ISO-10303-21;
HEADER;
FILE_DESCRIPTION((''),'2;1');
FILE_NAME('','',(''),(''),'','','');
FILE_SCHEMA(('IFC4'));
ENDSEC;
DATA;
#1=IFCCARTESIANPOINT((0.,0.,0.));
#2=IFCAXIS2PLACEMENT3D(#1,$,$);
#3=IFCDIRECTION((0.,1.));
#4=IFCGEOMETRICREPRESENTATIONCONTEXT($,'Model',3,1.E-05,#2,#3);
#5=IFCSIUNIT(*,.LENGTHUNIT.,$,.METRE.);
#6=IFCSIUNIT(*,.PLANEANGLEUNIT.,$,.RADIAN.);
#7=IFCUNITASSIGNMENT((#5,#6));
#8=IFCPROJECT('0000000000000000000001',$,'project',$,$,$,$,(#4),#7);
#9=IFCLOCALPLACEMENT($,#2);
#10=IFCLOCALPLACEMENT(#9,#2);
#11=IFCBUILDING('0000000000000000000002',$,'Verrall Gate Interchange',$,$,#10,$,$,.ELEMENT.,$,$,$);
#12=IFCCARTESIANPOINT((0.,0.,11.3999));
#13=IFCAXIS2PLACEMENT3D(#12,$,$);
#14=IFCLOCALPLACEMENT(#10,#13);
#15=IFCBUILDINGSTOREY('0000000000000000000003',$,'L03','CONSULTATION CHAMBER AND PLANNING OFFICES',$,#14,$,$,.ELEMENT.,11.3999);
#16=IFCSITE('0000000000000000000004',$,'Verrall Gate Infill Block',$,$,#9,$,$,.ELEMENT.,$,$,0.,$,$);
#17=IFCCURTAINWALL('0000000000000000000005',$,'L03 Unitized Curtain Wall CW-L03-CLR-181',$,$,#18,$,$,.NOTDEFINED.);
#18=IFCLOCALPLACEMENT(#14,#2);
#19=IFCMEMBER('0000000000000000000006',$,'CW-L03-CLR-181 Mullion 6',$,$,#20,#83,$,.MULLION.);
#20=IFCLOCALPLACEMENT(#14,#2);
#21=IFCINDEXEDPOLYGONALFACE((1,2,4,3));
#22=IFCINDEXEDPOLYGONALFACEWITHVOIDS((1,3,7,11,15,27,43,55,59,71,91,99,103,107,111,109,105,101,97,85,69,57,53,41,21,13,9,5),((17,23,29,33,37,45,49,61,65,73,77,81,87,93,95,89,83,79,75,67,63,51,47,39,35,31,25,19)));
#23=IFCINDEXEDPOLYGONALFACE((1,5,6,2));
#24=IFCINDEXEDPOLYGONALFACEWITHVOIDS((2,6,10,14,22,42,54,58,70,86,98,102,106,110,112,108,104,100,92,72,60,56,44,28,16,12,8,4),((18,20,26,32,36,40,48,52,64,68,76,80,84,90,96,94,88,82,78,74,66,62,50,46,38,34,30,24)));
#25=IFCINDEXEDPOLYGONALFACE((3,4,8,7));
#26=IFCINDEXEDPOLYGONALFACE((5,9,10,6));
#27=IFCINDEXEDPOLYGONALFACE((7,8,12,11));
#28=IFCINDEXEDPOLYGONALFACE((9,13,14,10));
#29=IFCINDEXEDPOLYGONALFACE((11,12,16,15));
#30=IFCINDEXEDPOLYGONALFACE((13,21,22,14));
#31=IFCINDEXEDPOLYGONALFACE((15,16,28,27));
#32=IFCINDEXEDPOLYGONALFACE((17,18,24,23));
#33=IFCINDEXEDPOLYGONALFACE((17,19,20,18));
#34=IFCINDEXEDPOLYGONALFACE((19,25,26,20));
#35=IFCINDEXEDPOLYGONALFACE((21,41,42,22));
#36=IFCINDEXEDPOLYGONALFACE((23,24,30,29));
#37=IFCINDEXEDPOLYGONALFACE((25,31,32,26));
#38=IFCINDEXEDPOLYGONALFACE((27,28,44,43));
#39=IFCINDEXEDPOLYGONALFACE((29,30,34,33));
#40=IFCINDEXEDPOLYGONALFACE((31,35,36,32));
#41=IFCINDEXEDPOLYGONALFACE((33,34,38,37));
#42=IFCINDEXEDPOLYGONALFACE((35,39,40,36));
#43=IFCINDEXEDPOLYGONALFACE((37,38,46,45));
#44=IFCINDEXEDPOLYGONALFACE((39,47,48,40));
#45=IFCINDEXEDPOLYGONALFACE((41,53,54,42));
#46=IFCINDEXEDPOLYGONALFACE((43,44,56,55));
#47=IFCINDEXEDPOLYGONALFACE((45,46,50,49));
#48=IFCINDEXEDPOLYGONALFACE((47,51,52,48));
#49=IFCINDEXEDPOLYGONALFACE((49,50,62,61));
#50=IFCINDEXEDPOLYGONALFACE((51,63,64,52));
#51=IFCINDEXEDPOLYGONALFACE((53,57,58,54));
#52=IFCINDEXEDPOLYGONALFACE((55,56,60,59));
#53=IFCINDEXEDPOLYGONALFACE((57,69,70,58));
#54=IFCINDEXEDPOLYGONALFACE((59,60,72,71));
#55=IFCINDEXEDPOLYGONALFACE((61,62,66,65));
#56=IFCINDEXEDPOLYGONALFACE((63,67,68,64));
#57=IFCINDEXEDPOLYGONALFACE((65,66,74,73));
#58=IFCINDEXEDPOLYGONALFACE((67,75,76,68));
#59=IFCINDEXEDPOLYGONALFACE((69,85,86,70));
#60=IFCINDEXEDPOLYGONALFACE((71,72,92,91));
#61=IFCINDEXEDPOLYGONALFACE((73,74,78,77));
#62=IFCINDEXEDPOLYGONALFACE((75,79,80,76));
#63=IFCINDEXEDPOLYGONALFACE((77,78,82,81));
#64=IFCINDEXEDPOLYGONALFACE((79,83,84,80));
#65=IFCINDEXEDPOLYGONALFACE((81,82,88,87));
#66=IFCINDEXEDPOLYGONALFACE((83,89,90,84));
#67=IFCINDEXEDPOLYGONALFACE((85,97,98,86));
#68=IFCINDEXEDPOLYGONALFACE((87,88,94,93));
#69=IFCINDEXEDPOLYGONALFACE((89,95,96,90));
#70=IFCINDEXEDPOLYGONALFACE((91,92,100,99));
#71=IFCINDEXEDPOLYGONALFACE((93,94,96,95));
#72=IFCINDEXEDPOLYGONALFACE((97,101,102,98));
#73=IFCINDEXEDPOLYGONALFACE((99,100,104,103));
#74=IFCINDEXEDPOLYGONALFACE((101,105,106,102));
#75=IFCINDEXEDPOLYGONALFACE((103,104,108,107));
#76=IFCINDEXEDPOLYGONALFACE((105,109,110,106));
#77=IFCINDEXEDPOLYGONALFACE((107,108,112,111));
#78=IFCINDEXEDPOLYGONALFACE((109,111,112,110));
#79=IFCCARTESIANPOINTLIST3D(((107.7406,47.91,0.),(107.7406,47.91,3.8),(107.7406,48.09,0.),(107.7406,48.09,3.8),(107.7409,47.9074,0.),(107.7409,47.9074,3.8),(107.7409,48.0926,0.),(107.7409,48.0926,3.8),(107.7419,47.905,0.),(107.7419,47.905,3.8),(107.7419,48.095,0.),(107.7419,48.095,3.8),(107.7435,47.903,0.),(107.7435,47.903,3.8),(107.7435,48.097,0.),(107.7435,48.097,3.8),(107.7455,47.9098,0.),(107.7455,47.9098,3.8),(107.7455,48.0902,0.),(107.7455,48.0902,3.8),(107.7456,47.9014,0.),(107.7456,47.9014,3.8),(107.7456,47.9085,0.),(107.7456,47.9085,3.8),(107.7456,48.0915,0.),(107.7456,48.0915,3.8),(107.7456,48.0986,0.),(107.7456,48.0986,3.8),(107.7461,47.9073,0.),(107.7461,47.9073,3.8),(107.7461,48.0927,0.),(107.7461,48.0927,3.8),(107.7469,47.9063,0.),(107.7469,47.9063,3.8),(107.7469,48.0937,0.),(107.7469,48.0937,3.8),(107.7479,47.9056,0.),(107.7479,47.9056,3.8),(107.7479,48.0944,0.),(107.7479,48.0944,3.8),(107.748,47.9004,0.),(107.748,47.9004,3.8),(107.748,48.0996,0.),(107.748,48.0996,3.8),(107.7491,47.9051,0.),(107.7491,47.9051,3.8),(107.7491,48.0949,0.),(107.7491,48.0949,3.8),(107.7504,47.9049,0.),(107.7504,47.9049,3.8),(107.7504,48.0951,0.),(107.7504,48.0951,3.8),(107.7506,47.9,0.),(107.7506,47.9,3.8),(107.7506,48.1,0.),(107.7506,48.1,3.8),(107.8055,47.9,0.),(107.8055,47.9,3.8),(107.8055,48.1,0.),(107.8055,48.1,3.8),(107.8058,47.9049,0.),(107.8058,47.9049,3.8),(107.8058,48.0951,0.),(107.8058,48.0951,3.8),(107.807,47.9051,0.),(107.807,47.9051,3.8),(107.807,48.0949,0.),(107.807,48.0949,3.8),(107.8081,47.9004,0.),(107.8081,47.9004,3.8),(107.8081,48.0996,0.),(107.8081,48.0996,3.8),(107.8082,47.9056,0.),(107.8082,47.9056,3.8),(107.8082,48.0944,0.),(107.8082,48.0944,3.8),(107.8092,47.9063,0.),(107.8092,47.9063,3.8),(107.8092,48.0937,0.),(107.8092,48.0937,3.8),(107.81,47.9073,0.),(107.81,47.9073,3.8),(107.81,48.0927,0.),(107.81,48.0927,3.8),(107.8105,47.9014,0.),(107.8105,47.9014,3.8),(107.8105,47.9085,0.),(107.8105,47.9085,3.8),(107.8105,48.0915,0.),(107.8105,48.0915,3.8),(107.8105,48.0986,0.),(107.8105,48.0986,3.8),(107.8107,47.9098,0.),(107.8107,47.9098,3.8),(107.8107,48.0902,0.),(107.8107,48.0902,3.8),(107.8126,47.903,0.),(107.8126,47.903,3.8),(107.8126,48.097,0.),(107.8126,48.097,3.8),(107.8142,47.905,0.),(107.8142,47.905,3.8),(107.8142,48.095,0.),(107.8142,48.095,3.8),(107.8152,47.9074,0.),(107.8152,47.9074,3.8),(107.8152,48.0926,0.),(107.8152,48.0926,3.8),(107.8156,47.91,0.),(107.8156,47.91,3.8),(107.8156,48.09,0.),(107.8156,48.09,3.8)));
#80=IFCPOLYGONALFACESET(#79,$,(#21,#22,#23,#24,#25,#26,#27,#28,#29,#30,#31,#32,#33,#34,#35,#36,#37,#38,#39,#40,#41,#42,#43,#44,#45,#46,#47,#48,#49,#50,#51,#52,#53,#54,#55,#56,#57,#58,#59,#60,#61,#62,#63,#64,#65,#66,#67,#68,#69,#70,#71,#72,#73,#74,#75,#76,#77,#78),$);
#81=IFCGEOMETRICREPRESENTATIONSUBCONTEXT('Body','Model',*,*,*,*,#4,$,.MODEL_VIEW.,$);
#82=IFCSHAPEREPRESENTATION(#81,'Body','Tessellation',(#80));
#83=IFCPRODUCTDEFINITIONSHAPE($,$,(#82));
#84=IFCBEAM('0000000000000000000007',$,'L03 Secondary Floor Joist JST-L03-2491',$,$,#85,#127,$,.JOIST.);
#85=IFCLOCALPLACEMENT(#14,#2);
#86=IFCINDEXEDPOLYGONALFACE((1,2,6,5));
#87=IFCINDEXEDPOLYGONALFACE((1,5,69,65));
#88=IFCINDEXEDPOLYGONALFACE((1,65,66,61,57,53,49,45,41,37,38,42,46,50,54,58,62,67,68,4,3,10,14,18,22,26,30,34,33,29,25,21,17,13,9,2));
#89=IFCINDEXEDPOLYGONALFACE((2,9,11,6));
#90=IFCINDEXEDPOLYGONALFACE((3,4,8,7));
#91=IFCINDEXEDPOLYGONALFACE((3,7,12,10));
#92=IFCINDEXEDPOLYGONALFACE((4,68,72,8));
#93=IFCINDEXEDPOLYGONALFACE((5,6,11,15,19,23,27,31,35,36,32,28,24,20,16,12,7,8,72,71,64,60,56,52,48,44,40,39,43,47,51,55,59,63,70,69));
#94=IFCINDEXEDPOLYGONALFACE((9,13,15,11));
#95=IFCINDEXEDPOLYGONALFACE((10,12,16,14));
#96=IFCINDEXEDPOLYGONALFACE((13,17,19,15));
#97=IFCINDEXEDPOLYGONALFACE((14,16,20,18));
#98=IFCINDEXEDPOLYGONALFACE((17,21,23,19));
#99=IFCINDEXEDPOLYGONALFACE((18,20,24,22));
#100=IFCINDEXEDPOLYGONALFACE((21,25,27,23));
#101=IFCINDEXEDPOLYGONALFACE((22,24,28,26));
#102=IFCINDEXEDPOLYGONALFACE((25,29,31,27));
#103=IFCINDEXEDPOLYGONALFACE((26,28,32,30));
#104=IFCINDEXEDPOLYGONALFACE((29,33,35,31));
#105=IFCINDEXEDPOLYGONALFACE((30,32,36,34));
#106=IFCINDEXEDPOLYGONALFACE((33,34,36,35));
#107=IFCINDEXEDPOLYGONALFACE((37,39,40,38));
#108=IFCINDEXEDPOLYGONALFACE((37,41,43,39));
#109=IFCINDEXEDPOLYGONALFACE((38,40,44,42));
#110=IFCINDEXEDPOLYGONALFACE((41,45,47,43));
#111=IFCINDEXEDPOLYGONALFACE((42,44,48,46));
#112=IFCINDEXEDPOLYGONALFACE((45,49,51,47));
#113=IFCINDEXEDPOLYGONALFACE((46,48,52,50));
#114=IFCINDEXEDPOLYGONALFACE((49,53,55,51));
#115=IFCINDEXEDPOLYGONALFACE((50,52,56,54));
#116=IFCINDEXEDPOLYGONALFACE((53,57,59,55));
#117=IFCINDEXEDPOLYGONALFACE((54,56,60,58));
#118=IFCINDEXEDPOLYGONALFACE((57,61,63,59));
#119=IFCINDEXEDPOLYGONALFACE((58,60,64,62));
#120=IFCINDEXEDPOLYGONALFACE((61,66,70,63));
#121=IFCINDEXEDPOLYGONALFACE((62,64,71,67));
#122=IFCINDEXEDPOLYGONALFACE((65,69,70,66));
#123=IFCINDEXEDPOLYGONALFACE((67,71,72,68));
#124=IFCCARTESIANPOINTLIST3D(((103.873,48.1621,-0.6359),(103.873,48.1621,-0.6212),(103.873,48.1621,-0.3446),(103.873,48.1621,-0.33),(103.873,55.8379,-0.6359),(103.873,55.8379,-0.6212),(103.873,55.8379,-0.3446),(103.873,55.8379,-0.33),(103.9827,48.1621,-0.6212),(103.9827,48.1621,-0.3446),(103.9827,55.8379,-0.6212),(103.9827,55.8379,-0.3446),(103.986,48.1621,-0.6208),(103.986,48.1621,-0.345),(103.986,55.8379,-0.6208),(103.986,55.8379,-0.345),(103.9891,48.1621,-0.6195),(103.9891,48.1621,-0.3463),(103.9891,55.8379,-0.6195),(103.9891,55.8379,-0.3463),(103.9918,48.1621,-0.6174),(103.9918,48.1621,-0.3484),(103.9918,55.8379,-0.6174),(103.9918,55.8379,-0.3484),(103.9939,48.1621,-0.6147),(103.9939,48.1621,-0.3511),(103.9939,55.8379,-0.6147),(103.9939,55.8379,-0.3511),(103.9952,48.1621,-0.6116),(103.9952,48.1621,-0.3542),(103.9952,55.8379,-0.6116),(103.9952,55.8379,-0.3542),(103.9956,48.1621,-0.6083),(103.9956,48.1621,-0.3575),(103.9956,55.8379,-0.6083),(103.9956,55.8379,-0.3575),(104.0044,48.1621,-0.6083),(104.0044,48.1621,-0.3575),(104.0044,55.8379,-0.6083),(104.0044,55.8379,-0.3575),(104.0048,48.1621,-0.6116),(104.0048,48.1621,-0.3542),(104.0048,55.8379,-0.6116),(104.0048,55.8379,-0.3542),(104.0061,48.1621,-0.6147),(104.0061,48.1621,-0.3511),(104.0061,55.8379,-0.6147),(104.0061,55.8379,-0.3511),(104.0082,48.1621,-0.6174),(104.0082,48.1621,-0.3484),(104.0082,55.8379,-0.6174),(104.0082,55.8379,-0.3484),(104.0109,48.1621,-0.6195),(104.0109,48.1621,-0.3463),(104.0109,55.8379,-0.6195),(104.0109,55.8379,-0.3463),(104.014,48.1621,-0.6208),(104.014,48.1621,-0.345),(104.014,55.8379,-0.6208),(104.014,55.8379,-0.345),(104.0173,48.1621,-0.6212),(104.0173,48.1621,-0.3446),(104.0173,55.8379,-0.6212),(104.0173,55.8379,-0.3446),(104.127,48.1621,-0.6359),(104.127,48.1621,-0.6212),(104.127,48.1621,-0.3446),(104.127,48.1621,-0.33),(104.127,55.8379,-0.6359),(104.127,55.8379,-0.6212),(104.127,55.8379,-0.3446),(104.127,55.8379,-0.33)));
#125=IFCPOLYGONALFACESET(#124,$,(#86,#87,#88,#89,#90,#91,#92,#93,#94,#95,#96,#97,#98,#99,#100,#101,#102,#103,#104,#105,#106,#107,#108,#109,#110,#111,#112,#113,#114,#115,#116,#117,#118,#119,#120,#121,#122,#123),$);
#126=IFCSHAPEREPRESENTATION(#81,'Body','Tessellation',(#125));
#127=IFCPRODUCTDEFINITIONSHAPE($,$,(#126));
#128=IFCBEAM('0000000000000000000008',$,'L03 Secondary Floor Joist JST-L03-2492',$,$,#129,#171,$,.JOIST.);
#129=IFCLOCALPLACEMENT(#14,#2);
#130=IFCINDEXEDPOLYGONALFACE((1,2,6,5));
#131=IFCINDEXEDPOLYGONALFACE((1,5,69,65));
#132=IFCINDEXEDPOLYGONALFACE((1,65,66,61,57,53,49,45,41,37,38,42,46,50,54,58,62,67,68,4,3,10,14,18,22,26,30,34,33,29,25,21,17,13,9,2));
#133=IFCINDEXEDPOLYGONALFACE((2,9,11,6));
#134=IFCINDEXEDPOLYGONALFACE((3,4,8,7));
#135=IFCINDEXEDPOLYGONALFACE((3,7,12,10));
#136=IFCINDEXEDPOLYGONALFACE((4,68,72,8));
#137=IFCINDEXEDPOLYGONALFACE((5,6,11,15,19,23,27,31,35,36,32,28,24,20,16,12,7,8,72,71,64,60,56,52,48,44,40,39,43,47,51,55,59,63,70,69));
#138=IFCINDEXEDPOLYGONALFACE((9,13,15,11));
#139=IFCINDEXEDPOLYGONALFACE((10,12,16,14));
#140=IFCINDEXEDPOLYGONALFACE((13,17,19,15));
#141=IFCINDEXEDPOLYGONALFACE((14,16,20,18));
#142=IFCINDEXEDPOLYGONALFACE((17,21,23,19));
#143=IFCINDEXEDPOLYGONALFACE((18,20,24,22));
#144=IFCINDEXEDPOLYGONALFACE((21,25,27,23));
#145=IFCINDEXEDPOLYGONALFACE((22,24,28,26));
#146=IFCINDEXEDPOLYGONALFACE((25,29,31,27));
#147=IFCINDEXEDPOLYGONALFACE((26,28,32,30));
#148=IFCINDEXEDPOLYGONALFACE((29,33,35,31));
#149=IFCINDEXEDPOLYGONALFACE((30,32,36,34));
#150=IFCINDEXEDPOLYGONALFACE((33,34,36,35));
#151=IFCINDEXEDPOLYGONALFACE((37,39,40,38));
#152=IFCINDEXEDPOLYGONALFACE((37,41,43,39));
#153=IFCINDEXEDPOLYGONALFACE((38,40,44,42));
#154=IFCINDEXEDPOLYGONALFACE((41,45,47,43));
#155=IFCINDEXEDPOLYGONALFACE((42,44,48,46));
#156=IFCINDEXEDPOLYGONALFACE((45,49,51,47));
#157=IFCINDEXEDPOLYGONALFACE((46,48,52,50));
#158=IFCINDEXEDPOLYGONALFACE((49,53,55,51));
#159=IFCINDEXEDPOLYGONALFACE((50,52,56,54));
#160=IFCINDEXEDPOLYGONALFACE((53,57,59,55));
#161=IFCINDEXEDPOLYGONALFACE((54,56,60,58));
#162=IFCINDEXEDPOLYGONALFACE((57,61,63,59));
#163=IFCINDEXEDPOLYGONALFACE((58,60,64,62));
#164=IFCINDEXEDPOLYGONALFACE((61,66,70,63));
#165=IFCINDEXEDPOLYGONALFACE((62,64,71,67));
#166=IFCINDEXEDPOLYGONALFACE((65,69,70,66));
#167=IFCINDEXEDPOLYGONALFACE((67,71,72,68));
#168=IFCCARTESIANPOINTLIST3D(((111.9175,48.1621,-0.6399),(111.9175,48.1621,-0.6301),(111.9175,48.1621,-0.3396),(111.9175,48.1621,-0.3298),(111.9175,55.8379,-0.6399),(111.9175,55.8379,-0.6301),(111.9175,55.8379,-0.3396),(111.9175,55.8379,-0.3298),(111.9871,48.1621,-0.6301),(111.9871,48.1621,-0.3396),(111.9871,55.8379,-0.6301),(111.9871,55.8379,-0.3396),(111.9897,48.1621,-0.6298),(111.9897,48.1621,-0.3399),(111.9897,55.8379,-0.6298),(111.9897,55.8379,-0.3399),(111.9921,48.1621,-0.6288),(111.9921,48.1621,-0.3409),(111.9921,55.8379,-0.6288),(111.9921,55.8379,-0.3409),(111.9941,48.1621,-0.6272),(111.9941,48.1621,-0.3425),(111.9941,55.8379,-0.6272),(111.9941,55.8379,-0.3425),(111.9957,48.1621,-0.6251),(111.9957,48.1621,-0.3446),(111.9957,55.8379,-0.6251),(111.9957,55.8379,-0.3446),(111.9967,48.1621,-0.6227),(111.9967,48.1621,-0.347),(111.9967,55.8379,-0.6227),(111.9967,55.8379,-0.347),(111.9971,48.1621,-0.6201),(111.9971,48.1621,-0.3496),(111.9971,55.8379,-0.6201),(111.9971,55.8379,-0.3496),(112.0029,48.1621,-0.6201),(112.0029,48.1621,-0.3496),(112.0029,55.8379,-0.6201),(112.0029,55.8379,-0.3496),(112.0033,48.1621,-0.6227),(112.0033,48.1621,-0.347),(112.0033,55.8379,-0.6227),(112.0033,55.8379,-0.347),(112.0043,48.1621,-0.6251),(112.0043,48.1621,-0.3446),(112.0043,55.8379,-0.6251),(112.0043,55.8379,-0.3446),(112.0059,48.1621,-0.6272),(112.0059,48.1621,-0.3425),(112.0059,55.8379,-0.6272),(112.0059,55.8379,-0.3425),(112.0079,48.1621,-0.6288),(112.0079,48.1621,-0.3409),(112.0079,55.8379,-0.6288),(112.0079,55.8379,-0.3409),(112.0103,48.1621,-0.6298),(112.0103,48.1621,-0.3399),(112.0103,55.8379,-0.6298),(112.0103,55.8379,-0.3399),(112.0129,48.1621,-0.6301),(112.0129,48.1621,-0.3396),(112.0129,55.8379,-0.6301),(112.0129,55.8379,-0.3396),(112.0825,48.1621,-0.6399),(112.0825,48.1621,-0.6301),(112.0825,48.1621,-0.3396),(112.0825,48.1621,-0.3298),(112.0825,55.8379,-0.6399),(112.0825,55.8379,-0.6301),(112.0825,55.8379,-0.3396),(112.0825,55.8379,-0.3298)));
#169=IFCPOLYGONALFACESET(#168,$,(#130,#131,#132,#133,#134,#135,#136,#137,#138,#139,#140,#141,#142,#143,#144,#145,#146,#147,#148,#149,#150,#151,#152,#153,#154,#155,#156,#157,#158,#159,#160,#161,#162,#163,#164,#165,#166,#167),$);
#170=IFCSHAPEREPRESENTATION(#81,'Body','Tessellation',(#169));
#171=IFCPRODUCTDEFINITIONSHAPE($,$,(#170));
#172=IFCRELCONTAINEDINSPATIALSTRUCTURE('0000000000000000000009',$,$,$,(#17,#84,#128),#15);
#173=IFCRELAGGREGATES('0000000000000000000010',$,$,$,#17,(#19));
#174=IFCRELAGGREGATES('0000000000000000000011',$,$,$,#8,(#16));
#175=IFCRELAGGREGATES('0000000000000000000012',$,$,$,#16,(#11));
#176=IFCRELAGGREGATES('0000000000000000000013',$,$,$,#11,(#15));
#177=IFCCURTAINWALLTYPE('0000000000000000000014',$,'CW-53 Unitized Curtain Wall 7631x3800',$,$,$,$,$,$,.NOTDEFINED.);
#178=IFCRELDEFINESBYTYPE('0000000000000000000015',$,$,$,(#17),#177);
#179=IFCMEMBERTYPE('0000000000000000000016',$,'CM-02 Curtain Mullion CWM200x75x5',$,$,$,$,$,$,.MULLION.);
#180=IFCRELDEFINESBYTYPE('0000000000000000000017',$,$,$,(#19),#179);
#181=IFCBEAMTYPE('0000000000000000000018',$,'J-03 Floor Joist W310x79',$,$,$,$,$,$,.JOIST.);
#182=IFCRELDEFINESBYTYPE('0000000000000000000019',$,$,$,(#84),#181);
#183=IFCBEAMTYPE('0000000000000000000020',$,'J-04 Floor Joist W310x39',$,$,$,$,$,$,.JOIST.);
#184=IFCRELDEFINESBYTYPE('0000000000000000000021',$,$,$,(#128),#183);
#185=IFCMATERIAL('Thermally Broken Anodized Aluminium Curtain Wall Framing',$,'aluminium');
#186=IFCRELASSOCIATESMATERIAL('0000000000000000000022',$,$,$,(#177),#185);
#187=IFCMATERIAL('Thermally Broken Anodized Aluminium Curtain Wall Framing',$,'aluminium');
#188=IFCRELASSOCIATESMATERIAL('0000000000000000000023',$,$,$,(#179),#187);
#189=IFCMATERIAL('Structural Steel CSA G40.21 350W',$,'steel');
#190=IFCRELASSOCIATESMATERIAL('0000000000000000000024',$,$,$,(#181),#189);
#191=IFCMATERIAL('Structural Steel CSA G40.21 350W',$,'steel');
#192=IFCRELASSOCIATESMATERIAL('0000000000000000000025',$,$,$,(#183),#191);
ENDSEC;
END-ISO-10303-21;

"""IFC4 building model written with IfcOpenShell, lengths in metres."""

from ifc_helpers import new_model, si_unit, direction, frame, origin, origin_2d, place, context, subcontext, project, spatial, hollow_rectangle, i_section, extrude, material, material_profile, profile_set, type_object, element, aggregate, save


model = new_model("IFC4")

# Units and contexts
model_context = context("Model", 3, precision=1e-05, world=origin(), true_north=direction((0.0, 1.0)))
body_context = subcontext(model_context, "Body", "Model", "MODEL_VIEW")
ifc_project = project(units=[si_unit("LENGTHUNIT", "METRE"), si_unit("PLANEANGLEUNIT", "RADIAN")], contexts=[model_context])

# Site, building, storey
site_placement = place(None, origin())
site = spatial("IfcSite", under=ifc_project, at=site_placement, Name="Verrall Gate Infill Block", CompositionType="ELEMENT", RefElevation=0.0)
building_placement = place(site_placement, origin())
building = spatial("IfcBuilding", under=site, at=building_placement, Name="Verrall Gate Interchange", CompositionType="ELEMENT")
storey_placement = place(building_placement, frame((0.0, 0.0, 11.3999)))
storey = spatial("IfcBuildingStorey", under=building, at=storey_placement, Name="L03", Description="CONSULTATION CHAMBER AND PLANNING OFFICES", CompositionType="ELEMENT", Elevation=11.3999)

# Curtain wall, member
ifc_material_1 = material(Name="Thermally Broken Anodized Aluminium Curtain Wall Framing", Category="aluminium")
curtain_wall_type = type_object("IfcCurtainWallType", Name="CW-53 Unitized Curtain Wall 7631x3800", PredefinedType="NOTDEFINED", material=ifc_material_1)
curtain_wall_placement = place(storey_placement, origin())
curtain_wall = element("IfcCurtainWall", 1, at=curtain_wall_placement, inside=storey, type_object=curtain_wall_type, Name="L03 Unitized Curtain Wall CW-L03-CLR-181", PredefinedType="NOTDEFINED")
ifc_material_2 = material(Name="Thermally Broken Anodized Aluminium Curtain Wall Framing", Category="aluminium")
ifc_material_profile_1 = material_profile(ifc_material_2, hollow_rectangle(XDim=0.075, YDim=0.2, WallThickness=0.0049, InnerFilletRadius=0.0049, OuterFilletRadius=0.01, at=origin_2d()), Name="CWM200x75x5")
ifc_profile_set_1 = profile_set([ifc_material_profile_1], Name="Thermally Broken Anodized Aluminium Curtain Wall Framing")
member_type_1 = type_object("IfcMemberType", Name="CM-02 Curtain Mullion CWM200x75x5", PredefinedType="MULLION", material=ifc_profile_set_1)
member_1_placement = place(storey_placement, frame((107.7781, 48.0, 0.0), z_axis=(0.0, 0.0, 1.0), x_axis=(1.0, 0.0, 0.0)))
member_1 = element("IfcMember", 2, at=member_1_placement, type_object=member_type_1, Name="CW-L03-CLR-181 Mullion 6", PredefinedType="MULLION", context=body_context, shape_type="SweptSolid", body=[
    extrude(hollow_rectangle(XDim=0.075, YDim=0.2, WallThickness=0.0049, InnerFilletRadius=0.0049, OuterFilletRadius=0.01, at=origin_2d()), origin(), (0.0, 0.0, 1.0), 3.8),
])

# Beams
ifc_material_3 = material(Name="Structural Steel CSA G40.21 350W", Category="steel")
ifc_material_profile_2 = material_profile(ifc_material_3, i_section(OverallWidth=0.2539, OverallDepth=0.3059, WebThickness=0.0088, FlangeThickness=0.0146, FilletRadius=0.0129, at=origin_2d()), Name="W310x79")
ifc_profile_set_2 = profile_set([ifc_material_profile_2], Name="Structural Steel CSA G40.21 350W")
beam_type_1 = type_object("IfcBeamType", Name="J-03 Floor Joist W310x79", PredefinedType="JOIST", material=ifc_profile_set_2)
beam_1_placement = place(storey_placement, frame((104.0, 48.1621, -0.4829), z_axis=(0.0, 1.0, 0.0), x_axis=(-1.0, 0.0, 0.0)))
element("IfcBeam", 3, at=beam_1_placement, inside=storey, type_object=beam_type_1, Name="L03 Secondary Floor Joist JST-L03-2491", PredefinedType="JOIST", context=body_context, shape_type="SweptSolid", body=[
    extrude(i_section(OverallWidth=0.2539, OverallDepth=0.3059, WebThickness=0.0088, FlangeThickness=0.0146, FilletRadius=0.0129, at=origin_2d()), origin(), (0.0, 0.0, 1.0), 7.6758),
])
ifc_material_4 = material(Name="Structural Steel CSA G40.21 350W", Category="steel")
ifc_material_profile_3 = material_profile(ifc_material_4, i_section(OverallWidth=0.165, OverallDepth=0.3101, WebThickness=0.0059, FlangeThickness=0.0098, FilletRadius=0.01, at=origin_2d()), Name="W310x39")
ifc_profile_set_3 = profile_set([ifc_material_profile_3], Name="Structural Steel CSA G40.21 350W")
beam_type_2 = type_object("IfcBeamType", Name="J-04 Floor Joist W310x39", PredefinedType="JOIST", material=ifc_profile_set_3)
beam_2_placement = place(storey_placement, frame((112.0, 48.1621, -0.4849), z_axis=(0.0, 1.0, 0.0), x_axis=(-1.0, 0.0, 0.0)))
element("IfcBeam", 4, at=beam_2_placement, inside=storey, type_object=beam_type_2, Name="L03 Secondary Floor Joist JST-L03-2492", PredefinedType="JOIST", context=body_context, shape_type="SweptSolid", body=[
    extrude(i_section(OverallWidth=0.165, OverallDepth=0.3101, WebThickness=0.0059, FlangeThickness=0.0098, FilletRadius=0.01, at=origin_2d()), origin(), (0.0, 0.0, 1.0), 7.6758),
])

aggregate(curtain_wall, [member_1])

save(model, "model.ifc")
